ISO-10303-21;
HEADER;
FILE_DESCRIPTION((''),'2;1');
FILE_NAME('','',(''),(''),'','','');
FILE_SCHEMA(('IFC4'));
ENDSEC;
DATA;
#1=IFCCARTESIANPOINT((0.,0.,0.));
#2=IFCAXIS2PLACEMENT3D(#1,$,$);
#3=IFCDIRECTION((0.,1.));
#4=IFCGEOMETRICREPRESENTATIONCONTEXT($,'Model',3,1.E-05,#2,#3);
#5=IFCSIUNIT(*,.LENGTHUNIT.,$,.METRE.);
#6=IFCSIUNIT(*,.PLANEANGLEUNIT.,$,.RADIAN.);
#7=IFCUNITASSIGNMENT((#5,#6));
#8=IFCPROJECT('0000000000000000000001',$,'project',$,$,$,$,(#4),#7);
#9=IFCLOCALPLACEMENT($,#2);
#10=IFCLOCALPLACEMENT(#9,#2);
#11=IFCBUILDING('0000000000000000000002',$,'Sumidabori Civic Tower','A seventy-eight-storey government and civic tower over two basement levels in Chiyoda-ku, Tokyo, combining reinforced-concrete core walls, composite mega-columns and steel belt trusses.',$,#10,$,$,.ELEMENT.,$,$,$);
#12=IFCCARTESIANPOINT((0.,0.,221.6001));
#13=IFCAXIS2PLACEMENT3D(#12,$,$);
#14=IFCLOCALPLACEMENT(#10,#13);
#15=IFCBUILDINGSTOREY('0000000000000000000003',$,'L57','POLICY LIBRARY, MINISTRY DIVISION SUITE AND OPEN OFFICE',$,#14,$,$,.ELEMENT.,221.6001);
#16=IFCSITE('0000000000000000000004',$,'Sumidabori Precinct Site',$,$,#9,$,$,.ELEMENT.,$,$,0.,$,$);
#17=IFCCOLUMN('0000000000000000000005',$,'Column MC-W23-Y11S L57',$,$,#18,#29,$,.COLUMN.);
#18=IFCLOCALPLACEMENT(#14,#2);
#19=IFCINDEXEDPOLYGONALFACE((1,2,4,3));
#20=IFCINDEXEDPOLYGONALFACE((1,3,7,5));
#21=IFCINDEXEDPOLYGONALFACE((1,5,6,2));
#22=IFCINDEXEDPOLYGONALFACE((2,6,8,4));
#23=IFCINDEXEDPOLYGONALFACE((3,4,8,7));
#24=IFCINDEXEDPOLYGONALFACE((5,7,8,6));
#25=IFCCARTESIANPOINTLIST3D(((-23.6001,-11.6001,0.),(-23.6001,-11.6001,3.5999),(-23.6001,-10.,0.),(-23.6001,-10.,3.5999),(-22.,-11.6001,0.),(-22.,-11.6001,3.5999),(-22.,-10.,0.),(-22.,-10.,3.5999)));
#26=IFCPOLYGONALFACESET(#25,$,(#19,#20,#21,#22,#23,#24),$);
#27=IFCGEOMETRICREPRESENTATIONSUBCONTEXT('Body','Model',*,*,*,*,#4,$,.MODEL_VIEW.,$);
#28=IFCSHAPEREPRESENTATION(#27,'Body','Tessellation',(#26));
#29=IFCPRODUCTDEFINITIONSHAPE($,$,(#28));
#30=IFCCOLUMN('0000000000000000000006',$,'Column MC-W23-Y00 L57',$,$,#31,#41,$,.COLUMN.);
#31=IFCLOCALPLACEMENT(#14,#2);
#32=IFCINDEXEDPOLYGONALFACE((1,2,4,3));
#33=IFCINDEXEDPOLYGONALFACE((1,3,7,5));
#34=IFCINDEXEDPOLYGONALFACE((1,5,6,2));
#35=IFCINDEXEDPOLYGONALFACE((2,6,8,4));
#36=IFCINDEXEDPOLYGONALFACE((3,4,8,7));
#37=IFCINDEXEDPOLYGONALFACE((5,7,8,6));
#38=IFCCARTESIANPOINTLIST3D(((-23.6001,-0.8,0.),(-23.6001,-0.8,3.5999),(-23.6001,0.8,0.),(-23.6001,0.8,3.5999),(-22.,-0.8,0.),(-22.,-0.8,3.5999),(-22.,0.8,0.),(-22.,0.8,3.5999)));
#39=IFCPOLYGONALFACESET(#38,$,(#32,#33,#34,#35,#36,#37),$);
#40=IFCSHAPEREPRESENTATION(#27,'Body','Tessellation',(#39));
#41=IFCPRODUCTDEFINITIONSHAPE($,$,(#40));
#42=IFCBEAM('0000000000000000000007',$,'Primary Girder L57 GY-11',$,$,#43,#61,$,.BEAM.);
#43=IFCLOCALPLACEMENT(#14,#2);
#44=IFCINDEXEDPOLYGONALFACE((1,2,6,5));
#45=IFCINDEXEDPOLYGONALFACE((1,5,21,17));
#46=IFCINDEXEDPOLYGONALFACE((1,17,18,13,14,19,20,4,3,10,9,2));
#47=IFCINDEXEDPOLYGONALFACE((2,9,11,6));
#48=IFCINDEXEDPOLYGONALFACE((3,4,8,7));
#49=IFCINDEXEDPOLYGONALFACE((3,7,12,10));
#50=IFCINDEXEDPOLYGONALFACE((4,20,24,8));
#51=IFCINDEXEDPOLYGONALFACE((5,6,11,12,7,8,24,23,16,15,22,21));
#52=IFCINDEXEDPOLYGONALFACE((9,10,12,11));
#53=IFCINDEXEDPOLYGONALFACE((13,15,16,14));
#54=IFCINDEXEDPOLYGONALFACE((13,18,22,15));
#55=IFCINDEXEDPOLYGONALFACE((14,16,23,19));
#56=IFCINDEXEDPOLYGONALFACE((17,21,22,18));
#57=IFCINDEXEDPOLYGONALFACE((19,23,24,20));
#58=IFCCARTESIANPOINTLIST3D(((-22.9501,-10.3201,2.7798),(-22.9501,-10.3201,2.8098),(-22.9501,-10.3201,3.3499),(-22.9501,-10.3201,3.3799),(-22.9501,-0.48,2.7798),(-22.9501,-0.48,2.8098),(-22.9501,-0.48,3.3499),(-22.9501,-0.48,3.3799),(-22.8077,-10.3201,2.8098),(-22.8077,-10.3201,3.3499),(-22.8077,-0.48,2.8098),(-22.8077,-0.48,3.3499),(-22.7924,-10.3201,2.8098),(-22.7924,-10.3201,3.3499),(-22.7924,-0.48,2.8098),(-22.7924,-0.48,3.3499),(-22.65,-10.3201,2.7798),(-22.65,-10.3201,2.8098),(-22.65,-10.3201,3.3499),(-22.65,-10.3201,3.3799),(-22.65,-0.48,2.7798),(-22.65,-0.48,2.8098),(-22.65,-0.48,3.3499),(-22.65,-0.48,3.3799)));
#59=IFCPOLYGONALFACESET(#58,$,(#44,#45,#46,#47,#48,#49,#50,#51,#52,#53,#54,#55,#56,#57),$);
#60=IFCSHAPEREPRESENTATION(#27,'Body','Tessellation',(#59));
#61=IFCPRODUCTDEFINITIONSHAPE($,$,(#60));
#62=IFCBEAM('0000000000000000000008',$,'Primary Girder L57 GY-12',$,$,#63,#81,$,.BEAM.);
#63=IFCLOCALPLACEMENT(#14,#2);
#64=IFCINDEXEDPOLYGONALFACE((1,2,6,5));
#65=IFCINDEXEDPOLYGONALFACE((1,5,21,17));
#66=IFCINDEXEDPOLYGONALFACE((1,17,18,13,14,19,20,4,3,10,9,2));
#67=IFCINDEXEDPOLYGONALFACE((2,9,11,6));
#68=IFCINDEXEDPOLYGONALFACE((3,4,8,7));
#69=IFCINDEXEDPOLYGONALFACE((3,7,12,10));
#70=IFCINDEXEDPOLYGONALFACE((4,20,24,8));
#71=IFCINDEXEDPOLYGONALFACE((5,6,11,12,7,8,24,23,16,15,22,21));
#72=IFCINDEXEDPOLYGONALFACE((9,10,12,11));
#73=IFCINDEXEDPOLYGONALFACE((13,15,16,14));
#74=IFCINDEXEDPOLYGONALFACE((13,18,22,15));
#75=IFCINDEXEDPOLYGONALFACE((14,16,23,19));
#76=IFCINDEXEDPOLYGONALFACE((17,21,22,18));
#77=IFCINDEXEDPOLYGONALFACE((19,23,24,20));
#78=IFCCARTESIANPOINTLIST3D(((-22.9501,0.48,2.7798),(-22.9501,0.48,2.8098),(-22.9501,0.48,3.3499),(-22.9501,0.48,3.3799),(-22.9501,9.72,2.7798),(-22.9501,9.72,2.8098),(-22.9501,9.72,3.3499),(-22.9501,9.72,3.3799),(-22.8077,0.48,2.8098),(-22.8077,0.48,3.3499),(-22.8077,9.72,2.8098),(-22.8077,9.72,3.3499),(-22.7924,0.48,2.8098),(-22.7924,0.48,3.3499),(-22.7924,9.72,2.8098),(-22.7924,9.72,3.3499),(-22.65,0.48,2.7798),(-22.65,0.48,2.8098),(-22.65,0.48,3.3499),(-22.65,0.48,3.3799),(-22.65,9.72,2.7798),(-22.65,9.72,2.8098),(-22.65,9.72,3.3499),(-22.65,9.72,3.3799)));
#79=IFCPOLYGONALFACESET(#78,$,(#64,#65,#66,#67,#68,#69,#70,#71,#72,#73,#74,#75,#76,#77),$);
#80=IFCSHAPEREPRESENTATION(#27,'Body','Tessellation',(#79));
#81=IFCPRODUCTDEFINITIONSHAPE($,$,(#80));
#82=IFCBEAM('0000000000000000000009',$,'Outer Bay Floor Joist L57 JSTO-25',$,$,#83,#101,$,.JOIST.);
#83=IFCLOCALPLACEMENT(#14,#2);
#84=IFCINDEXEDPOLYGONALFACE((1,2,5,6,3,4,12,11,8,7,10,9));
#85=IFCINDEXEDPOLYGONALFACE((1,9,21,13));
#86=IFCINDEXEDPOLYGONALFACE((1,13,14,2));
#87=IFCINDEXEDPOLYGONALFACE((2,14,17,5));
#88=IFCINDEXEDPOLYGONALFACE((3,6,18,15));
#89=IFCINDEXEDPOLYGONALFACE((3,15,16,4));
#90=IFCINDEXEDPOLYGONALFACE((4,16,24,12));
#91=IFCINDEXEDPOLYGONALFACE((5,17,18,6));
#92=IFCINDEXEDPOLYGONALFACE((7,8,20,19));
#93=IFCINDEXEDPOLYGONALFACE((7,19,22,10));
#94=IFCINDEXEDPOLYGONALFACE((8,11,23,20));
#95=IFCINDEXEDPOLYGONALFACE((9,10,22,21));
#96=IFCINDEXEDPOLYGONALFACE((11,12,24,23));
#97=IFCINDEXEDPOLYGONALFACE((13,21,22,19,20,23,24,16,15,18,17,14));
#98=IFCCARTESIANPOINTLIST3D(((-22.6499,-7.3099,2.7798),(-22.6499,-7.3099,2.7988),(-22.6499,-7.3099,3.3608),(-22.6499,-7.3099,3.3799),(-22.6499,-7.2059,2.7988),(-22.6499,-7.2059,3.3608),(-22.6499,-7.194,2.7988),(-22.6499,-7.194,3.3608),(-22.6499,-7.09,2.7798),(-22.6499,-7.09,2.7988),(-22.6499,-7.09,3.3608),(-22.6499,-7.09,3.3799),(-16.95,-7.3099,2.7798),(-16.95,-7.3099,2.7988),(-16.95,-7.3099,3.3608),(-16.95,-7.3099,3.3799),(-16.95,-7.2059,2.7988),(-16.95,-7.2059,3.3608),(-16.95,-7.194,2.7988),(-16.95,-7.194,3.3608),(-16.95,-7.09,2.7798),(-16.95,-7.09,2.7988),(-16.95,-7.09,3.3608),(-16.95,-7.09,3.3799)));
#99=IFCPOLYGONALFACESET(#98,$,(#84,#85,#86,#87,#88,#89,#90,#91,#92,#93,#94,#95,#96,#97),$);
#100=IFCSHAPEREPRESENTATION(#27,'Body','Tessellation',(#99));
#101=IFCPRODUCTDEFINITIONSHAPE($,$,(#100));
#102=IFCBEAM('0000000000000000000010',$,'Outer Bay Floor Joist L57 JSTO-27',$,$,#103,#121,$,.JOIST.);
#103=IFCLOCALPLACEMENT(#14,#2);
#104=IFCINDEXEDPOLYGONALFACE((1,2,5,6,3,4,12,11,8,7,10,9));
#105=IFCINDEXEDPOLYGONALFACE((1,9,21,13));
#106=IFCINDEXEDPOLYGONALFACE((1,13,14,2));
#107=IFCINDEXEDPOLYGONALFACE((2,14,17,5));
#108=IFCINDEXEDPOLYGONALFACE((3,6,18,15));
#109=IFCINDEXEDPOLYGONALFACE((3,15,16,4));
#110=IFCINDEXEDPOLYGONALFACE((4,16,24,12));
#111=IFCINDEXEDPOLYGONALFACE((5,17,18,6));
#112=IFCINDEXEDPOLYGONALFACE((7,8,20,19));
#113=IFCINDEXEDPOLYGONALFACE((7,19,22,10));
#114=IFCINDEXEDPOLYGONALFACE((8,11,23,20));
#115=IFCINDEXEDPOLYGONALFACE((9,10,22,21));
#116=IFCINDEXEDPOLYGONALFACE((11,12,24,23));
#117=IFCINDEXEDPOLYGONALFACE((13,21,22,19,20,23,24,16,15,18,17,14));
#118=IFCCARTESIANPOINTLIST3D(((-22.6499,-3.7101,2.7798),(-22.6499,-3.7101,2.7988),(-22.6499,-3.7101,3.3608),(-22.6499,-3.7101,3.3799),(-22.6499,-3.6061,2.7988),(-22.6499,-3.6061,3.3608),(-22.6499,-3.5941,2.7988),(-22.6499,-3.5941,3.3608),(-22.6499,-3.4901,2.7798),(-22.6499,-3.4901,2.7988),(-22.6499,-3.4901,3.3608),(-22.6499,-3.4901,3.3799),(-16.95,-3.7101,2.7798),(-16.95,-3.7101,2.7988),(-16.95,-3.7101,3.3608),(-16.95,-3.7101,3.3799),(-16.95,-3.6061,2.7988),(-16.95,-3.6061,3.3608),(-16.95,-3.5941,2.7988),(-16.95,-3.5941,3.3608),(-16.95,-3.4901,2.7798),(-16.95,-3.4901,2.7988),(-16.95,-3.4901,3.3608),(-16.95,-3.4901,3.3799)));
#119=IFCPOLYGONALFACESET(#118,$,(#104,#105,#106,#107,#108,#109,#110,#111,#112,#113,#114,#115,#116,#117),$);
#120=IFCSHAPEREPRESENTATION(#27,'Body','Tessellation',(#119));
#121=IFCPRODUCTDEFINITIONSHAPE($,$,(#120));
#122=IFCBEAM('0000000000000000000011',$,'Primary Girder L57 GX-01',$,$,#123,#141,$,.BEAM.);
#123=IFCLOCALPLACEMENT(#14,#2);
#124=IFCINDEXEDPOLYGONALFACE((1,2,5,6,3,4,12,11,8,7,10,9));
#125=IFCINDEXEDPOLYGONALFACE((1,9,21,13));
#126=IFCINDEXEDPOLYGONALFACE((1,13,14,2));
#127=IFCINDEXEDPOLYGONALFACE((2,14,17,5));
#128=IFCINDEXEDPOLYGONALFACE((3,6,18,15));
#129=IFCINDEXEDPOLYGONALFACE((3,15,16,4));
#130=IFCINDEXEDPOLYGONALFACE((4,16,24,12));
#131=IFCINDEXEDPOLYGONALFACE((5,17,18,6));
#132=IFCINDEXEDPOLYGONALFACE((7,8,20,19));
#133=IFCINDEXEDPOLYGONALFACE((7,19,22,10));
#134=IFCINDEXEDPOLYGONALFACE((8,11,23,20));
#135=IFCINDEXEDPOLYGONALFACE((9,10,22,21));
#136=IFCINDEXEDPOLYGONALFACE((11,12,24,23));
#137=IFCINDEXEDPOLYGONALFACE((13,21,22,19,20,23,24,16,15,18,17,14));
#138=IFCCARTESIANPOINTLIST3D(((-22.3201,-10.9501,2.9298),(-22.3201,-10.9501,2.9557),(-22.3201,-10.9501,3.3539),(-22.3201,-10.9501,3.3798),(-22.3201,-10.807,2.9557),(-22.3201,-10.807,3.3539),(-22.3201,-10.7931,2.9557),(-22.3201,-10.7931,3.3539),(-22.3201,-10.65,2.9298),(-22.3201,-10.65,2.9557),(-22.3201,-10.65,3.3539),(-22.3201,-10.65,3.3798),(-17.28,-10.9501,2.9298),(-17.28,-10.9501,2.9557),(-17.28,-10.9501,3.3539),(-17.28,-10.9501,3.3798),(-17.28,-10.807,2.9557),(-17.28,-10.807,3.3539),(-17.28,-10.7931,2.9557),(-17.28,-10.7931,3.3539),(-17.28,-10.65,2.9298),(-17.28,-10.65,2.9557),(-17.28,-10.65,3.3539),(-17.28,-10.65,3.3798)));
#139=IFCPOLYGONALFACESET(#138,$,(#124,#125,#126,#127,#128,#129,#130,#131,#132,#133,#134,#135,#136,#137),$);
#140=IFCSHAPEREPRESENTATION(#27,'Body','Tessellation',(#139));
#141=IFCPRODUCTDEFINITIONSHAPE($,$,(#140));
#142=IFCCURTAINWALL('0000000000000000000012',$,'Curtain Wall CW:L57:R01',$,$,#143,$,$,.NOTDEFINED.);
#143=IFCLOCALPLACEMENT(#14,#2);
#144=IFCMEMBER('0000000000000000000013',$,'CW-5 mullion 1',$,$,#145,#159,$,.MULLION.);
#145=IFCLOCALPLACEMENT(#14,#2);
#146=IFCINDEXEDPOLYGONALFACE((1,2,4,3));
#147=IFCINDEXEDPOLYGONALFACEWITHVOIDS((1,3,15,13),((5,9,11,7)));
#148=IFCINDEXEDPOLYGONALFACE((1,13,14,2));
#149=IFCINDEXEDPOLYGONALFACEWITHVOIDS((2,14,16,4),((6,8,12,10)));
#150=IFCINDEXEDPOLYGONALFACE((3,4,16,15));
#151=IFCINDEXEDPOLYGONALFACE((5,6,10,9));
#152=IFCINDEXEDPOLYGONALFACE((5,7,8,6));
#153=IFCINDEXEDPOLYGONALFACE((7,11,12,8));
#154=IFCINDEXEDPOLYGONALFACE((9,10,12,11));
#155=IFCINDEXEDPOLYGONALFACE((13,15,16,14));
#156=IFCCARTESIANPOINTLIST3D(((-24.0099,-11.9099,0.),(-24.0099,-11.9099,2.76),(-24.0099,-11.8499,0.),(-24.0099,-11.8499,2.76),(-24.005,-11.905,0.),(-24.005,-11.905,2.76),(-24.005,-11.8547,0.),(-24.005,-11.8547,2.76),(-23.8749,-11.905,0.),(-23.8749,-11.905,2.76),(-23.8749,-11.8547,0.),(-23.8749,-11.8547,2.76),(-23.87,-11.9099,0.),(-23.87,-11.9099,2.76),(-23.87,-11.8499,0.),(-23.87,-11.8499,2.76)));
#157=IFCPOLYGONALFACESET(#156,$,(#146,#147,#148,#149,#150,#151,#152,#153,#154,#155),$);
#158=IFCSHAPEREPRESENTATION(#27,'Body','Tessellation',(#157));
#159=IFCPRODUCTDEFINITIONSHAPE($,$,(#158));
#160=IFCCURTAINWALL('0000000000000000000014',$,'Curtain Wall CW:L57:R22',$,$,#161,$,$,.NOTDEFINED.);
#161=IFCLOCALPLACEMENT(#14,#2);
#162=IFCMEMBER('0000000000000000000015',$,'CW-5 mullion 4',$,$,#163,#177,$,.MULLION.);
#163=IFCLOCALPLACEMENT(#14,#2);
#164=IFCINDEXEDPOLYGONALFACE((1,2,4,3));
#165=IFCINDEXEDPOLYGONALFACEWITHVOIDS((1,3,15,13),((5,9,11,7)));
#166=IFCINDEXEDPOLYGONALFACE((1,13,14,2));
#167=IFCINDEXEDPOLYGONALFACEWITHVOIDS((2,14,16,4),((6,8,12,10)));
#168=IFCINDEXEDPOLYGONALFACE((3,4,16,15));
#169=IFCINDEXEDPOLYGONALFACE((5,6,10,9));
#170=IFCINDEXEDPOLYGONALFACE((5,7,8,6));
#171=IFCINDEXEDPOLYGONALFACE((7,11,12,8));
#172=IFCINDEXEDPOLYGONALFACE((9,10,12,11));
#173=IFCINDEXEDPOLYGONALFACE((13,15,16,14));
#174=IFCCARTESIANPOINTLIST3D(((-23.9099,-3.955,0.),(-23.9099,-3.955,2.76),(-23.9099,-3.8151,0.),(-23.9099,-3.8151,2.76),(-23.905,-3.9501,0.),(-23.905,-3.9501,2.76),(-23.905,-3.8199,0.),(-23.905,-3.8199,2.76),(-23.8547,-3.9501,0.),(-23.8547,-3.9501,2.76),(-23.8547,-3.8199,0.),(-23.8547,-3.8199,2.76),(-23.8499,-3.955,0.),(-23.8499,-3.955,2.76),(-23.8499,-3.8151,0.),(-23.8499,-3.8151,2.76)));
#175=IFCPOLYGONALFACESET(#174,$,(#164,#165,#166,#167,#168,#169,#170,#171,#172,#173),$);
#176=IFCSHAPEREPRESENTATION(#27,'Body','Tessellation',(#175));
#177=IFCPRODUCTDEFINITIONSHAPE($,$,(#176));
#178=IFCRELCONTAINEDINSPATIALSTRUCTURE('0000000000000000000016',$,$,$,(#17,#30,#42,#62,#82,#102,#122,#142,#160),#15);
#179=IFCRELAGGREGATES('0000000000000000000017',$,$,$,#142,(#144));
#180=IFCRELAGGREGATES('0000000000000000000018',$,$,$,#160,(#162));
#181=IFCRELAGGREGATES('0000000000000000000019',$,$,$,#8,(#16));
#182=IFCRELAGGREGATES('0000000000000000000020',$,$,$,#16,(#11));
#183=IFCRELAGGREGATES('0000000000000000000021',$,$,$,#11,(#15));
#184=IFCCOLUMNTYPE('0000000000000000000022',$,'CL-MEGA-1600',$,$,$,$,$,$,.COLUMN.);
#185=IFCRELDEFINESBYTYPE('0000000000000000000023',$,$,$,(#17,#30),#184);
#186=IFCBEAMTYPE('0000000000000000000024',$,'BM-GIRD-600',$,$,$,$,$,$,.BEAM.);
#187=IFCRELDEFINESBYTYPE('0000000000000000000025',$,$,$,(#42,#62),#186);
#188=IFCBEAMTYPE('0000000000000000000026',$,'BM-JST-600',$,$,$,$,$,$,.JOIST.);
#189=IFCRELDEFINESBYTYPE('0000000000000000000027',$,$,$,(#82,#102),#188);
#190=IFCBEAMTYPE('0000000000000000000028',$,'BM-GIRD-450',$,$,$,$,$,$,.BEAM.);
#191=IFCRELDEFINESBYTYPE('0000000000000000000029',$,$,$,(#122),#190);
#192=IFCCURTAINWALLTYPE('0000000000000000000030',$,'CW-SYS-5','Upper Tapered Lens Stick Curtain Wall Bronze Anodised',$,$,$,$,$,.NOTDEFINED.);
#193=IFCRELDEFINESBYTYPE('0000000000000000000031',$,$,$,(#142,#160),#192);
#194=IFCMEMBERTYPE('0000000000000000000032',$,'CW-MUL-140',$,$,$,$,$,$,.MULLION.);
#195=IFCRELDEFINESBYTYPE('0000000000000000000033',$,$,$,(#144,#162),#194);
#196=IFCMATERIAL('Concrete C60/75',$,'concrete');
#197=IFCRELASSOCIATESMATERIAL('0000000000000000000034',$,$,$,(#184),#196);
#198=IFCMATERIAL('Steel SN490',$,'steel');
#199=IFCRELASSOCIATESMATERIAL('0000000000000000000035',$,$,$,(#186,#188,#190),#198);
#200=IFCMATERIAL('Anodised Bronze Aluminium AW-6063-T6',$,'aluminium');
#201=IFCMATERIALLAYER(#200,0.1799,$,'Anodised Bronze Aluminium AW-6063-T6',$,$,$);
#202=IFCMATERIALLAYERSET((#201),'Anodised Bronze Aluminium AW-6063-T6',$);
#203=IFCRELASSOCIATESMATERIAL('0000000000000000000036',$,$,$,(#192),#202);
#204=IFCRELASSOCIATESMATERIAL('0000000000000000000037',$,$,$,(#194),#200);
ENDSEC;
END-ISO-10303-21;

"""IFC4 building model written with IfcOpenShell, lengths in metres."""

from ifc_helpers import new_model, si_unit, direction, frame, origin, origin_2d, place, context, subcontext, project, spatial, rectangle, hollow_rectangle, i_section, extrude, source, transform, mapped, material, layer, layer_set, material_profile, profile_set, type_object, element, aggregate, save


model = new_model("IFC4")

# Units and contexts
model_context = context("Model", 3, precision=1e-05, world=origin(), true_north=direction((0.0, 1.0)))
body_context = subcontext(model_context, "Body", "Model", "MODEL_VIEW")
ifc_project = project(units=[si_unit("LENGTHUNIT", "METRE"), si_unit("PLANEANGLEUNIT", "RADIAN")], contexts=[model_context])

# Site, building, storey
site_placement = place(None, origin())
site = spatial("IfcSite", under=ifc_project, at=site_placement, Name="Sumidabori Precinct Site", CompositionType="ELEMENT", RefElevation=0.0)
building_placement = place(site_placement, origin())
building = spatial("IfcBuilding", under=site, at=building_placement, Name="Sumidabori Civic Tower", Description="A seventy-eight-storey government and civic tower over two basement levels in Chiyoda-ku, Tokyo, combining reinforced-concrete core walls, composite mega-columns and steel belt trusses.", CompositionType="ELEMENT")
storey_placement = place(building_placement, frame((0.0, 0.0, 221.6001)))
storey = spatial("IfcBuildingStorey", under=building, at=storey_placement, Name="L57", Description="POLICY LIBRARY, MINISTRY DIVISION SUITE AND OPEN OFFICE", CompositionType="ELEMENT", Elevation=221.6001)

# Columns
ifc_material_1 = material(Name="Concrete C60/75", Category="concrete")
ifc_material_profile_1 = material_profile(ifc_material_1, rectangle(XDim=1.6001, YDim=1.6001, at=origin_2d()), Name="RC 1600x1600")
ifc_profile_set_1 = profile_set([ifc_material_profile_1], Name="Concrete C60/75")
column_type = type_object("IfcColumnType", Name="CL-MEGA-1600", PredefinedType="COLUMN", material=ifc_profile_set_1)
shared_shape_1 = source(origin(), body_context, "Body", "SweptSolid", [
    extrude(rectangle(XDim=1.6001, YDim=1.6001, at=origin_2d()), origin(), (0.0, 0.0, 1.0), 3.5999),
])
for number, where, z_axis, x_axis, name in (
    (1, (-22.8, -10.8, 0.0), (0.0, 0.0, 1.0), (1.0, 0.0, 0.0), "Column MC-W23-Y11S L57"),
    (2, (-22.8, 0.0, 0.0), (0.0, 0.0, 1.0), (1.0, 0.0, 0.0), "Column MC-W23-Y00 L57"),
):
    element("IfcColumn", number, at=place(storey_placement, frame(where, z_axis=z_axis, x_axis=x_axis)), inside=storey, type_object=column_type, Name=name, PredefinedType="COLUMN", context=body_context, shape_type="MappedRepresentation", body=[
        mapped(shared_shape_1, transform((0.0, 0.0, 0.0), x_axis=(1.0, 0.0, 0.0), y_axis=(0.0, 1.0, 0.0), z_axis=(0.0, 0.0, 1.0), scale=1.0)),
    ])

# Beams
ifc_material_2 = material(Name="Steel SN490", Category="steel")
ifc_material_profile_2 = material_profile(ifc_material_2, i_section(OverallWidth=0.3, OverallDepth=0.6001, WebThickness=0.0154, FlangeThickness=0.03, at=origin_2d()), Name="HE 600 B")
ifc_profile_set_2 = profile_set([ifc_material_profile_2], Name="Steel SN490")
beam_type_1 = type_object("IfcBeamType", Name="BM-GIRD-600", PredefinedType="BEAM", material=ifc_profile_set_2)
shared_shape_2 = source(origin(), body_context, "Body", "SweptSolid", [
    extrude(i_section(OverallWidth=0.3, OverallDepth=0.6001, WebThickness=0.0154, FlangeThickness=0.03, at=origin_2d()), origin(), (0.0, 0.0, 1.0), 9.8401),
])
beam_1_placement = place(storey_placement, frame((-22.8, -10.3201, 3.0798), z_axis=(0.0, 1.0, 0.0), x_axis=(-1.0, 0.0, 0.0)))
element("IfcBeam", 3, at=beam_1_placement, inside=storey, type_object=beam_type_1, Name="Primary Girder L57 GY-11", PredefinedType="BEAM", context=body_context, shape_type="MappedRepresentation", body=[
    mapped(shared_shape_2, transform((0.0, 0.0, 0.0), x_axis=(1.0, 0.0, 0.0), y_axis=(0.0, 1.0, 0.0), z_axis=(0.0, 0.0, 1.0), scale=1.0)),
])
shared_shape_3 = source(origin(), body_context, "Body", "SweptSolid", [
    extrude(i_section(OverallWidth=0.3, OverallDepth=0.6001, WebThickness=0.0154, FlangeThickness=0.03, at=origin_2d()), origin(), (0.0, 0.0, 1.0), 9.24),
])
beam_2_placement = place(storey_placement, frame((-22.8, 0.48, 3.0798), z_axis=(0.0, 1.0, 0.0), x_axis=(-1.0, 0.0, 0.0)))
element("IfcBeam", 4, at=beam_2_placement, inside=storey, type_object=beam_type_1, Name="Primary Girder L57 GY-12", PredefinedType="BEAM", context=body_context, shape_type="MappedRepresentation", body=[
    mapped(shared_shape_3, transform((0.0, 0.0, 0.0), x_axis=(1.0, 0.0, 0.0), y_axis=(0.0, 1.0, 0.0), z_axis=(0.0, 0.0, 1.0), scale=1.0)),
])
ifc_material_profile_3 = material_profile(ifc_material_2, i_section(OverallWidth=0.22, OverallDepth=0.6001, WebThickness=0.012, FlangeThickness=0.019, at=origin_2d()), Name="IPE 600")
ifc_profile_set_3 = profile_set([ifc_material_profile_3], Name="Steel SN490")
beam_type_2 = type_object("IfcBeamType", Name="BM-JST-600", PredefinedType="JOIST", material=ifc_profile_set_3)
shared_shape_4 = source(origin(), body_context, "Body", "SweptSolid", [
    extrude(i_section(OverallWidth=0.22, OverallDepth=0.6001, WebThickness=0.012, FlangeThickness=0.019, at=origin_2d()), origin(), (0.0, 0.0, 1.0), 5.7),
])
for number, where, z_axis, x_axis, name in (
    (5, (-22.6499, -7.2, 3.0798), (1.0, 0.0, 0.0), (0.0, 1.0, 0.0), "Outer Bay Floor Joist L57 JSTO-25"),
    (6, (-22.6499, -3.6001, 3.0798), (1.0, 0.0, 0.0), (0.0, 1.0, 0.0), "Outer Bay Floor Joist L57 JSTO-27"),
):
    element("IfcBeam", number, at=place(storey_placement, frame(where, z_axis=z_axis, x_axis=x_axis)), inside=storey, type_object=beam_type_2, Name=name, PredefinedType="JOIST", context=body_context, shape_type="MappedRepresentation", body=[
        mapped(shared_shape_4, transform((0.0, 0.0, 0.0), x_axis=(1.0, 0.0, 0.0), y_axis=(0.0, 1.0, 0.0), z_axis=(0.0, 0.0, 1.0), scale=1.0)),
    ])
ifc_material_profile_4 = material_profile(ifc_material_2, i_section(OverallWidth=0.3, OverallDepth=0.45, WebThickness=0.0139, FlangeThickness=0.0259, at=origin_2d()), Name="HE 450 B")
ifc_profile_set_4 = profile_set([ifc_material_profile_4], Name="Steel SN490")
beam_type_3 = type_object("IfcBeamType", Name="BM-GIRD-450", PredefinedType="BEAM", material=ifc_profile_set_4)
shared_shape_5 = source(origin(), body_context, "Body", "SweptSolid", [
    extrude(i_section(OverallWidth=0.3, OverallDepth=0.45, WebThickness=0.0139, FlangeThickness=0.0259, at=origin_2d()), origin(), (0.0, 0.0, 1.0), 5.04),
])
beam_3_placement = place(storey_placement, frame((-22.3201, -10.8, 3.1548), z_axis=(1.0, 0.0, 0.0), x_axis=(0.0, 1.0, 0.0)))
element("IfcBeam", 7, at=beam_3_placement, inside=storey, type_object=beam_type_3, Name="Primary Girder L57 GX-01", PredefinedType="BEAM", context=body_context, shape_type="MappedRepresentation", body=[
    mapped(shared_shape_5, transform((0.0, 0.0, 0.0), x_axis=(1.0, 0.0, 0.0), y_axis=(0.0, 1.0, 0.0), z_axis=(0.0, 0.0, 1.0), scale=1.0)),
])

# Curtain wall, member
ifc_material_3 = material(Name="Anodised Bronze Aluminium AW-6063-T6", Category="aluminium")
ifc_layer_1 = layer(ifc_material_3, 0.1799, Name="Anodised Bronze Aluminium AW-6063-T6")
ifc_layer_set_1 = layer_set([ifc_layer_1], Name="Anodised Bronze Aluminium AW-6063-T6")
curtain_wall_type = type_object("IfcCurtainWallType", Name="CW-SYS-5", Description="Upper Tapered Lens Stick Curtain Wall Bronze Anodised", PredefinedType="NOTDEFINED", material=ifc_layer_set_1)
curtain_wall_1_placement = place(storey_placement, origin())
curtain_wall_1 = element("IfcCurtainWall", 8, at=curtain_wall_1_placement, inside=storey, type_object=curtain_wall_type, Name="Curtain Wall CW:L57:R01", PredefinedType="NOTDEFINED")
ifc_material_profile_5 = material_profile(ifc_material_3, hollow_rectangle(XDim=0.0601, YDim=0.1399, WallThickness=0.0049, at=origin_2d()), Name="ALU MULLION 140x60")
ifc_profile_set_5 = profile_set([ifc_material_profile_5], Name="Anodised Bronze Aluminium AW-6063-T6")
member_type_1 = type_object("IfcMemberType", Name="CW-MUL-140", PredefinedType="MULLION", material=ifc_profile_set_5)
shared_shape_6 = source(origin(), body_context, "Body", "SweptSolid", [
    extrude(hollow_rectangle(XDim=0.0601, YDim=0.1399, WallThickness=0.0049, at=origin_2d()), origin(), (0.0, 0.0, 1.0), 2.76),
])
member_1_placement = place(storey_placement, frame((-23.9399, -11.8799, 0.0), z_axis=(0.0, 0.0, 1.0), x_axis=(0.0, 1.0, 0.0)))
member_1 = element("IfcMember", 9, at=member_1_placement, type_object=member_type_1, Name="CW-5 mullion 1", PredefinedType="MULLION", context=body_context, shape_type="MappedRepresentation", body=[
    mapped(shared_shape_6, transform((0.0, 0.0, 0.0), x_axis=(1.0, 0.0, 0.0), y_axis=(0.0, 1.0, 0.0), z_axis=(0.0, 0.0, 1.0), scale=1.0)),
])

# Curtain wall, member
curtain_wall_2_placement = place(storey_placement, origin())
curtain_wall_2 = element("IfcCurtainWall", 10, at=curtain_wall_2_placement, inside=storey, type_object=curtain_wall_type, Name="Curtain Wall CW:L57:R22", PredefinedType="NOTDEFINED")
member_2_placement = place(storey_placement, frame((-23.8799, -3.885, 0.0), z_axis=(0.0, 0.0, 1.0), x_axis=(1.0, 0.0, 0.0)))
member_2 = element("IfcMember", 11, at=member_2_placement, type_object=member_type_1, Name="CW-5 mullion 4", PredefinedType="MULLION", context=body_context, shape_type="MappedRepresentation", body=[
    mapped(shared_shape_6, transform((0.0, 0.0, 0.0), x_axis=(1.0, 0.0, 0.0), y_axis=(0.0, 1.0, 0.0), z_axis=(0.0, 0.0, 1.0), scale=1.0)),
])

aggregate(curtain_wall_1, [member_1])

aggregate(curtain_wall_2, [member_2])

save(model, "model.ifc")
